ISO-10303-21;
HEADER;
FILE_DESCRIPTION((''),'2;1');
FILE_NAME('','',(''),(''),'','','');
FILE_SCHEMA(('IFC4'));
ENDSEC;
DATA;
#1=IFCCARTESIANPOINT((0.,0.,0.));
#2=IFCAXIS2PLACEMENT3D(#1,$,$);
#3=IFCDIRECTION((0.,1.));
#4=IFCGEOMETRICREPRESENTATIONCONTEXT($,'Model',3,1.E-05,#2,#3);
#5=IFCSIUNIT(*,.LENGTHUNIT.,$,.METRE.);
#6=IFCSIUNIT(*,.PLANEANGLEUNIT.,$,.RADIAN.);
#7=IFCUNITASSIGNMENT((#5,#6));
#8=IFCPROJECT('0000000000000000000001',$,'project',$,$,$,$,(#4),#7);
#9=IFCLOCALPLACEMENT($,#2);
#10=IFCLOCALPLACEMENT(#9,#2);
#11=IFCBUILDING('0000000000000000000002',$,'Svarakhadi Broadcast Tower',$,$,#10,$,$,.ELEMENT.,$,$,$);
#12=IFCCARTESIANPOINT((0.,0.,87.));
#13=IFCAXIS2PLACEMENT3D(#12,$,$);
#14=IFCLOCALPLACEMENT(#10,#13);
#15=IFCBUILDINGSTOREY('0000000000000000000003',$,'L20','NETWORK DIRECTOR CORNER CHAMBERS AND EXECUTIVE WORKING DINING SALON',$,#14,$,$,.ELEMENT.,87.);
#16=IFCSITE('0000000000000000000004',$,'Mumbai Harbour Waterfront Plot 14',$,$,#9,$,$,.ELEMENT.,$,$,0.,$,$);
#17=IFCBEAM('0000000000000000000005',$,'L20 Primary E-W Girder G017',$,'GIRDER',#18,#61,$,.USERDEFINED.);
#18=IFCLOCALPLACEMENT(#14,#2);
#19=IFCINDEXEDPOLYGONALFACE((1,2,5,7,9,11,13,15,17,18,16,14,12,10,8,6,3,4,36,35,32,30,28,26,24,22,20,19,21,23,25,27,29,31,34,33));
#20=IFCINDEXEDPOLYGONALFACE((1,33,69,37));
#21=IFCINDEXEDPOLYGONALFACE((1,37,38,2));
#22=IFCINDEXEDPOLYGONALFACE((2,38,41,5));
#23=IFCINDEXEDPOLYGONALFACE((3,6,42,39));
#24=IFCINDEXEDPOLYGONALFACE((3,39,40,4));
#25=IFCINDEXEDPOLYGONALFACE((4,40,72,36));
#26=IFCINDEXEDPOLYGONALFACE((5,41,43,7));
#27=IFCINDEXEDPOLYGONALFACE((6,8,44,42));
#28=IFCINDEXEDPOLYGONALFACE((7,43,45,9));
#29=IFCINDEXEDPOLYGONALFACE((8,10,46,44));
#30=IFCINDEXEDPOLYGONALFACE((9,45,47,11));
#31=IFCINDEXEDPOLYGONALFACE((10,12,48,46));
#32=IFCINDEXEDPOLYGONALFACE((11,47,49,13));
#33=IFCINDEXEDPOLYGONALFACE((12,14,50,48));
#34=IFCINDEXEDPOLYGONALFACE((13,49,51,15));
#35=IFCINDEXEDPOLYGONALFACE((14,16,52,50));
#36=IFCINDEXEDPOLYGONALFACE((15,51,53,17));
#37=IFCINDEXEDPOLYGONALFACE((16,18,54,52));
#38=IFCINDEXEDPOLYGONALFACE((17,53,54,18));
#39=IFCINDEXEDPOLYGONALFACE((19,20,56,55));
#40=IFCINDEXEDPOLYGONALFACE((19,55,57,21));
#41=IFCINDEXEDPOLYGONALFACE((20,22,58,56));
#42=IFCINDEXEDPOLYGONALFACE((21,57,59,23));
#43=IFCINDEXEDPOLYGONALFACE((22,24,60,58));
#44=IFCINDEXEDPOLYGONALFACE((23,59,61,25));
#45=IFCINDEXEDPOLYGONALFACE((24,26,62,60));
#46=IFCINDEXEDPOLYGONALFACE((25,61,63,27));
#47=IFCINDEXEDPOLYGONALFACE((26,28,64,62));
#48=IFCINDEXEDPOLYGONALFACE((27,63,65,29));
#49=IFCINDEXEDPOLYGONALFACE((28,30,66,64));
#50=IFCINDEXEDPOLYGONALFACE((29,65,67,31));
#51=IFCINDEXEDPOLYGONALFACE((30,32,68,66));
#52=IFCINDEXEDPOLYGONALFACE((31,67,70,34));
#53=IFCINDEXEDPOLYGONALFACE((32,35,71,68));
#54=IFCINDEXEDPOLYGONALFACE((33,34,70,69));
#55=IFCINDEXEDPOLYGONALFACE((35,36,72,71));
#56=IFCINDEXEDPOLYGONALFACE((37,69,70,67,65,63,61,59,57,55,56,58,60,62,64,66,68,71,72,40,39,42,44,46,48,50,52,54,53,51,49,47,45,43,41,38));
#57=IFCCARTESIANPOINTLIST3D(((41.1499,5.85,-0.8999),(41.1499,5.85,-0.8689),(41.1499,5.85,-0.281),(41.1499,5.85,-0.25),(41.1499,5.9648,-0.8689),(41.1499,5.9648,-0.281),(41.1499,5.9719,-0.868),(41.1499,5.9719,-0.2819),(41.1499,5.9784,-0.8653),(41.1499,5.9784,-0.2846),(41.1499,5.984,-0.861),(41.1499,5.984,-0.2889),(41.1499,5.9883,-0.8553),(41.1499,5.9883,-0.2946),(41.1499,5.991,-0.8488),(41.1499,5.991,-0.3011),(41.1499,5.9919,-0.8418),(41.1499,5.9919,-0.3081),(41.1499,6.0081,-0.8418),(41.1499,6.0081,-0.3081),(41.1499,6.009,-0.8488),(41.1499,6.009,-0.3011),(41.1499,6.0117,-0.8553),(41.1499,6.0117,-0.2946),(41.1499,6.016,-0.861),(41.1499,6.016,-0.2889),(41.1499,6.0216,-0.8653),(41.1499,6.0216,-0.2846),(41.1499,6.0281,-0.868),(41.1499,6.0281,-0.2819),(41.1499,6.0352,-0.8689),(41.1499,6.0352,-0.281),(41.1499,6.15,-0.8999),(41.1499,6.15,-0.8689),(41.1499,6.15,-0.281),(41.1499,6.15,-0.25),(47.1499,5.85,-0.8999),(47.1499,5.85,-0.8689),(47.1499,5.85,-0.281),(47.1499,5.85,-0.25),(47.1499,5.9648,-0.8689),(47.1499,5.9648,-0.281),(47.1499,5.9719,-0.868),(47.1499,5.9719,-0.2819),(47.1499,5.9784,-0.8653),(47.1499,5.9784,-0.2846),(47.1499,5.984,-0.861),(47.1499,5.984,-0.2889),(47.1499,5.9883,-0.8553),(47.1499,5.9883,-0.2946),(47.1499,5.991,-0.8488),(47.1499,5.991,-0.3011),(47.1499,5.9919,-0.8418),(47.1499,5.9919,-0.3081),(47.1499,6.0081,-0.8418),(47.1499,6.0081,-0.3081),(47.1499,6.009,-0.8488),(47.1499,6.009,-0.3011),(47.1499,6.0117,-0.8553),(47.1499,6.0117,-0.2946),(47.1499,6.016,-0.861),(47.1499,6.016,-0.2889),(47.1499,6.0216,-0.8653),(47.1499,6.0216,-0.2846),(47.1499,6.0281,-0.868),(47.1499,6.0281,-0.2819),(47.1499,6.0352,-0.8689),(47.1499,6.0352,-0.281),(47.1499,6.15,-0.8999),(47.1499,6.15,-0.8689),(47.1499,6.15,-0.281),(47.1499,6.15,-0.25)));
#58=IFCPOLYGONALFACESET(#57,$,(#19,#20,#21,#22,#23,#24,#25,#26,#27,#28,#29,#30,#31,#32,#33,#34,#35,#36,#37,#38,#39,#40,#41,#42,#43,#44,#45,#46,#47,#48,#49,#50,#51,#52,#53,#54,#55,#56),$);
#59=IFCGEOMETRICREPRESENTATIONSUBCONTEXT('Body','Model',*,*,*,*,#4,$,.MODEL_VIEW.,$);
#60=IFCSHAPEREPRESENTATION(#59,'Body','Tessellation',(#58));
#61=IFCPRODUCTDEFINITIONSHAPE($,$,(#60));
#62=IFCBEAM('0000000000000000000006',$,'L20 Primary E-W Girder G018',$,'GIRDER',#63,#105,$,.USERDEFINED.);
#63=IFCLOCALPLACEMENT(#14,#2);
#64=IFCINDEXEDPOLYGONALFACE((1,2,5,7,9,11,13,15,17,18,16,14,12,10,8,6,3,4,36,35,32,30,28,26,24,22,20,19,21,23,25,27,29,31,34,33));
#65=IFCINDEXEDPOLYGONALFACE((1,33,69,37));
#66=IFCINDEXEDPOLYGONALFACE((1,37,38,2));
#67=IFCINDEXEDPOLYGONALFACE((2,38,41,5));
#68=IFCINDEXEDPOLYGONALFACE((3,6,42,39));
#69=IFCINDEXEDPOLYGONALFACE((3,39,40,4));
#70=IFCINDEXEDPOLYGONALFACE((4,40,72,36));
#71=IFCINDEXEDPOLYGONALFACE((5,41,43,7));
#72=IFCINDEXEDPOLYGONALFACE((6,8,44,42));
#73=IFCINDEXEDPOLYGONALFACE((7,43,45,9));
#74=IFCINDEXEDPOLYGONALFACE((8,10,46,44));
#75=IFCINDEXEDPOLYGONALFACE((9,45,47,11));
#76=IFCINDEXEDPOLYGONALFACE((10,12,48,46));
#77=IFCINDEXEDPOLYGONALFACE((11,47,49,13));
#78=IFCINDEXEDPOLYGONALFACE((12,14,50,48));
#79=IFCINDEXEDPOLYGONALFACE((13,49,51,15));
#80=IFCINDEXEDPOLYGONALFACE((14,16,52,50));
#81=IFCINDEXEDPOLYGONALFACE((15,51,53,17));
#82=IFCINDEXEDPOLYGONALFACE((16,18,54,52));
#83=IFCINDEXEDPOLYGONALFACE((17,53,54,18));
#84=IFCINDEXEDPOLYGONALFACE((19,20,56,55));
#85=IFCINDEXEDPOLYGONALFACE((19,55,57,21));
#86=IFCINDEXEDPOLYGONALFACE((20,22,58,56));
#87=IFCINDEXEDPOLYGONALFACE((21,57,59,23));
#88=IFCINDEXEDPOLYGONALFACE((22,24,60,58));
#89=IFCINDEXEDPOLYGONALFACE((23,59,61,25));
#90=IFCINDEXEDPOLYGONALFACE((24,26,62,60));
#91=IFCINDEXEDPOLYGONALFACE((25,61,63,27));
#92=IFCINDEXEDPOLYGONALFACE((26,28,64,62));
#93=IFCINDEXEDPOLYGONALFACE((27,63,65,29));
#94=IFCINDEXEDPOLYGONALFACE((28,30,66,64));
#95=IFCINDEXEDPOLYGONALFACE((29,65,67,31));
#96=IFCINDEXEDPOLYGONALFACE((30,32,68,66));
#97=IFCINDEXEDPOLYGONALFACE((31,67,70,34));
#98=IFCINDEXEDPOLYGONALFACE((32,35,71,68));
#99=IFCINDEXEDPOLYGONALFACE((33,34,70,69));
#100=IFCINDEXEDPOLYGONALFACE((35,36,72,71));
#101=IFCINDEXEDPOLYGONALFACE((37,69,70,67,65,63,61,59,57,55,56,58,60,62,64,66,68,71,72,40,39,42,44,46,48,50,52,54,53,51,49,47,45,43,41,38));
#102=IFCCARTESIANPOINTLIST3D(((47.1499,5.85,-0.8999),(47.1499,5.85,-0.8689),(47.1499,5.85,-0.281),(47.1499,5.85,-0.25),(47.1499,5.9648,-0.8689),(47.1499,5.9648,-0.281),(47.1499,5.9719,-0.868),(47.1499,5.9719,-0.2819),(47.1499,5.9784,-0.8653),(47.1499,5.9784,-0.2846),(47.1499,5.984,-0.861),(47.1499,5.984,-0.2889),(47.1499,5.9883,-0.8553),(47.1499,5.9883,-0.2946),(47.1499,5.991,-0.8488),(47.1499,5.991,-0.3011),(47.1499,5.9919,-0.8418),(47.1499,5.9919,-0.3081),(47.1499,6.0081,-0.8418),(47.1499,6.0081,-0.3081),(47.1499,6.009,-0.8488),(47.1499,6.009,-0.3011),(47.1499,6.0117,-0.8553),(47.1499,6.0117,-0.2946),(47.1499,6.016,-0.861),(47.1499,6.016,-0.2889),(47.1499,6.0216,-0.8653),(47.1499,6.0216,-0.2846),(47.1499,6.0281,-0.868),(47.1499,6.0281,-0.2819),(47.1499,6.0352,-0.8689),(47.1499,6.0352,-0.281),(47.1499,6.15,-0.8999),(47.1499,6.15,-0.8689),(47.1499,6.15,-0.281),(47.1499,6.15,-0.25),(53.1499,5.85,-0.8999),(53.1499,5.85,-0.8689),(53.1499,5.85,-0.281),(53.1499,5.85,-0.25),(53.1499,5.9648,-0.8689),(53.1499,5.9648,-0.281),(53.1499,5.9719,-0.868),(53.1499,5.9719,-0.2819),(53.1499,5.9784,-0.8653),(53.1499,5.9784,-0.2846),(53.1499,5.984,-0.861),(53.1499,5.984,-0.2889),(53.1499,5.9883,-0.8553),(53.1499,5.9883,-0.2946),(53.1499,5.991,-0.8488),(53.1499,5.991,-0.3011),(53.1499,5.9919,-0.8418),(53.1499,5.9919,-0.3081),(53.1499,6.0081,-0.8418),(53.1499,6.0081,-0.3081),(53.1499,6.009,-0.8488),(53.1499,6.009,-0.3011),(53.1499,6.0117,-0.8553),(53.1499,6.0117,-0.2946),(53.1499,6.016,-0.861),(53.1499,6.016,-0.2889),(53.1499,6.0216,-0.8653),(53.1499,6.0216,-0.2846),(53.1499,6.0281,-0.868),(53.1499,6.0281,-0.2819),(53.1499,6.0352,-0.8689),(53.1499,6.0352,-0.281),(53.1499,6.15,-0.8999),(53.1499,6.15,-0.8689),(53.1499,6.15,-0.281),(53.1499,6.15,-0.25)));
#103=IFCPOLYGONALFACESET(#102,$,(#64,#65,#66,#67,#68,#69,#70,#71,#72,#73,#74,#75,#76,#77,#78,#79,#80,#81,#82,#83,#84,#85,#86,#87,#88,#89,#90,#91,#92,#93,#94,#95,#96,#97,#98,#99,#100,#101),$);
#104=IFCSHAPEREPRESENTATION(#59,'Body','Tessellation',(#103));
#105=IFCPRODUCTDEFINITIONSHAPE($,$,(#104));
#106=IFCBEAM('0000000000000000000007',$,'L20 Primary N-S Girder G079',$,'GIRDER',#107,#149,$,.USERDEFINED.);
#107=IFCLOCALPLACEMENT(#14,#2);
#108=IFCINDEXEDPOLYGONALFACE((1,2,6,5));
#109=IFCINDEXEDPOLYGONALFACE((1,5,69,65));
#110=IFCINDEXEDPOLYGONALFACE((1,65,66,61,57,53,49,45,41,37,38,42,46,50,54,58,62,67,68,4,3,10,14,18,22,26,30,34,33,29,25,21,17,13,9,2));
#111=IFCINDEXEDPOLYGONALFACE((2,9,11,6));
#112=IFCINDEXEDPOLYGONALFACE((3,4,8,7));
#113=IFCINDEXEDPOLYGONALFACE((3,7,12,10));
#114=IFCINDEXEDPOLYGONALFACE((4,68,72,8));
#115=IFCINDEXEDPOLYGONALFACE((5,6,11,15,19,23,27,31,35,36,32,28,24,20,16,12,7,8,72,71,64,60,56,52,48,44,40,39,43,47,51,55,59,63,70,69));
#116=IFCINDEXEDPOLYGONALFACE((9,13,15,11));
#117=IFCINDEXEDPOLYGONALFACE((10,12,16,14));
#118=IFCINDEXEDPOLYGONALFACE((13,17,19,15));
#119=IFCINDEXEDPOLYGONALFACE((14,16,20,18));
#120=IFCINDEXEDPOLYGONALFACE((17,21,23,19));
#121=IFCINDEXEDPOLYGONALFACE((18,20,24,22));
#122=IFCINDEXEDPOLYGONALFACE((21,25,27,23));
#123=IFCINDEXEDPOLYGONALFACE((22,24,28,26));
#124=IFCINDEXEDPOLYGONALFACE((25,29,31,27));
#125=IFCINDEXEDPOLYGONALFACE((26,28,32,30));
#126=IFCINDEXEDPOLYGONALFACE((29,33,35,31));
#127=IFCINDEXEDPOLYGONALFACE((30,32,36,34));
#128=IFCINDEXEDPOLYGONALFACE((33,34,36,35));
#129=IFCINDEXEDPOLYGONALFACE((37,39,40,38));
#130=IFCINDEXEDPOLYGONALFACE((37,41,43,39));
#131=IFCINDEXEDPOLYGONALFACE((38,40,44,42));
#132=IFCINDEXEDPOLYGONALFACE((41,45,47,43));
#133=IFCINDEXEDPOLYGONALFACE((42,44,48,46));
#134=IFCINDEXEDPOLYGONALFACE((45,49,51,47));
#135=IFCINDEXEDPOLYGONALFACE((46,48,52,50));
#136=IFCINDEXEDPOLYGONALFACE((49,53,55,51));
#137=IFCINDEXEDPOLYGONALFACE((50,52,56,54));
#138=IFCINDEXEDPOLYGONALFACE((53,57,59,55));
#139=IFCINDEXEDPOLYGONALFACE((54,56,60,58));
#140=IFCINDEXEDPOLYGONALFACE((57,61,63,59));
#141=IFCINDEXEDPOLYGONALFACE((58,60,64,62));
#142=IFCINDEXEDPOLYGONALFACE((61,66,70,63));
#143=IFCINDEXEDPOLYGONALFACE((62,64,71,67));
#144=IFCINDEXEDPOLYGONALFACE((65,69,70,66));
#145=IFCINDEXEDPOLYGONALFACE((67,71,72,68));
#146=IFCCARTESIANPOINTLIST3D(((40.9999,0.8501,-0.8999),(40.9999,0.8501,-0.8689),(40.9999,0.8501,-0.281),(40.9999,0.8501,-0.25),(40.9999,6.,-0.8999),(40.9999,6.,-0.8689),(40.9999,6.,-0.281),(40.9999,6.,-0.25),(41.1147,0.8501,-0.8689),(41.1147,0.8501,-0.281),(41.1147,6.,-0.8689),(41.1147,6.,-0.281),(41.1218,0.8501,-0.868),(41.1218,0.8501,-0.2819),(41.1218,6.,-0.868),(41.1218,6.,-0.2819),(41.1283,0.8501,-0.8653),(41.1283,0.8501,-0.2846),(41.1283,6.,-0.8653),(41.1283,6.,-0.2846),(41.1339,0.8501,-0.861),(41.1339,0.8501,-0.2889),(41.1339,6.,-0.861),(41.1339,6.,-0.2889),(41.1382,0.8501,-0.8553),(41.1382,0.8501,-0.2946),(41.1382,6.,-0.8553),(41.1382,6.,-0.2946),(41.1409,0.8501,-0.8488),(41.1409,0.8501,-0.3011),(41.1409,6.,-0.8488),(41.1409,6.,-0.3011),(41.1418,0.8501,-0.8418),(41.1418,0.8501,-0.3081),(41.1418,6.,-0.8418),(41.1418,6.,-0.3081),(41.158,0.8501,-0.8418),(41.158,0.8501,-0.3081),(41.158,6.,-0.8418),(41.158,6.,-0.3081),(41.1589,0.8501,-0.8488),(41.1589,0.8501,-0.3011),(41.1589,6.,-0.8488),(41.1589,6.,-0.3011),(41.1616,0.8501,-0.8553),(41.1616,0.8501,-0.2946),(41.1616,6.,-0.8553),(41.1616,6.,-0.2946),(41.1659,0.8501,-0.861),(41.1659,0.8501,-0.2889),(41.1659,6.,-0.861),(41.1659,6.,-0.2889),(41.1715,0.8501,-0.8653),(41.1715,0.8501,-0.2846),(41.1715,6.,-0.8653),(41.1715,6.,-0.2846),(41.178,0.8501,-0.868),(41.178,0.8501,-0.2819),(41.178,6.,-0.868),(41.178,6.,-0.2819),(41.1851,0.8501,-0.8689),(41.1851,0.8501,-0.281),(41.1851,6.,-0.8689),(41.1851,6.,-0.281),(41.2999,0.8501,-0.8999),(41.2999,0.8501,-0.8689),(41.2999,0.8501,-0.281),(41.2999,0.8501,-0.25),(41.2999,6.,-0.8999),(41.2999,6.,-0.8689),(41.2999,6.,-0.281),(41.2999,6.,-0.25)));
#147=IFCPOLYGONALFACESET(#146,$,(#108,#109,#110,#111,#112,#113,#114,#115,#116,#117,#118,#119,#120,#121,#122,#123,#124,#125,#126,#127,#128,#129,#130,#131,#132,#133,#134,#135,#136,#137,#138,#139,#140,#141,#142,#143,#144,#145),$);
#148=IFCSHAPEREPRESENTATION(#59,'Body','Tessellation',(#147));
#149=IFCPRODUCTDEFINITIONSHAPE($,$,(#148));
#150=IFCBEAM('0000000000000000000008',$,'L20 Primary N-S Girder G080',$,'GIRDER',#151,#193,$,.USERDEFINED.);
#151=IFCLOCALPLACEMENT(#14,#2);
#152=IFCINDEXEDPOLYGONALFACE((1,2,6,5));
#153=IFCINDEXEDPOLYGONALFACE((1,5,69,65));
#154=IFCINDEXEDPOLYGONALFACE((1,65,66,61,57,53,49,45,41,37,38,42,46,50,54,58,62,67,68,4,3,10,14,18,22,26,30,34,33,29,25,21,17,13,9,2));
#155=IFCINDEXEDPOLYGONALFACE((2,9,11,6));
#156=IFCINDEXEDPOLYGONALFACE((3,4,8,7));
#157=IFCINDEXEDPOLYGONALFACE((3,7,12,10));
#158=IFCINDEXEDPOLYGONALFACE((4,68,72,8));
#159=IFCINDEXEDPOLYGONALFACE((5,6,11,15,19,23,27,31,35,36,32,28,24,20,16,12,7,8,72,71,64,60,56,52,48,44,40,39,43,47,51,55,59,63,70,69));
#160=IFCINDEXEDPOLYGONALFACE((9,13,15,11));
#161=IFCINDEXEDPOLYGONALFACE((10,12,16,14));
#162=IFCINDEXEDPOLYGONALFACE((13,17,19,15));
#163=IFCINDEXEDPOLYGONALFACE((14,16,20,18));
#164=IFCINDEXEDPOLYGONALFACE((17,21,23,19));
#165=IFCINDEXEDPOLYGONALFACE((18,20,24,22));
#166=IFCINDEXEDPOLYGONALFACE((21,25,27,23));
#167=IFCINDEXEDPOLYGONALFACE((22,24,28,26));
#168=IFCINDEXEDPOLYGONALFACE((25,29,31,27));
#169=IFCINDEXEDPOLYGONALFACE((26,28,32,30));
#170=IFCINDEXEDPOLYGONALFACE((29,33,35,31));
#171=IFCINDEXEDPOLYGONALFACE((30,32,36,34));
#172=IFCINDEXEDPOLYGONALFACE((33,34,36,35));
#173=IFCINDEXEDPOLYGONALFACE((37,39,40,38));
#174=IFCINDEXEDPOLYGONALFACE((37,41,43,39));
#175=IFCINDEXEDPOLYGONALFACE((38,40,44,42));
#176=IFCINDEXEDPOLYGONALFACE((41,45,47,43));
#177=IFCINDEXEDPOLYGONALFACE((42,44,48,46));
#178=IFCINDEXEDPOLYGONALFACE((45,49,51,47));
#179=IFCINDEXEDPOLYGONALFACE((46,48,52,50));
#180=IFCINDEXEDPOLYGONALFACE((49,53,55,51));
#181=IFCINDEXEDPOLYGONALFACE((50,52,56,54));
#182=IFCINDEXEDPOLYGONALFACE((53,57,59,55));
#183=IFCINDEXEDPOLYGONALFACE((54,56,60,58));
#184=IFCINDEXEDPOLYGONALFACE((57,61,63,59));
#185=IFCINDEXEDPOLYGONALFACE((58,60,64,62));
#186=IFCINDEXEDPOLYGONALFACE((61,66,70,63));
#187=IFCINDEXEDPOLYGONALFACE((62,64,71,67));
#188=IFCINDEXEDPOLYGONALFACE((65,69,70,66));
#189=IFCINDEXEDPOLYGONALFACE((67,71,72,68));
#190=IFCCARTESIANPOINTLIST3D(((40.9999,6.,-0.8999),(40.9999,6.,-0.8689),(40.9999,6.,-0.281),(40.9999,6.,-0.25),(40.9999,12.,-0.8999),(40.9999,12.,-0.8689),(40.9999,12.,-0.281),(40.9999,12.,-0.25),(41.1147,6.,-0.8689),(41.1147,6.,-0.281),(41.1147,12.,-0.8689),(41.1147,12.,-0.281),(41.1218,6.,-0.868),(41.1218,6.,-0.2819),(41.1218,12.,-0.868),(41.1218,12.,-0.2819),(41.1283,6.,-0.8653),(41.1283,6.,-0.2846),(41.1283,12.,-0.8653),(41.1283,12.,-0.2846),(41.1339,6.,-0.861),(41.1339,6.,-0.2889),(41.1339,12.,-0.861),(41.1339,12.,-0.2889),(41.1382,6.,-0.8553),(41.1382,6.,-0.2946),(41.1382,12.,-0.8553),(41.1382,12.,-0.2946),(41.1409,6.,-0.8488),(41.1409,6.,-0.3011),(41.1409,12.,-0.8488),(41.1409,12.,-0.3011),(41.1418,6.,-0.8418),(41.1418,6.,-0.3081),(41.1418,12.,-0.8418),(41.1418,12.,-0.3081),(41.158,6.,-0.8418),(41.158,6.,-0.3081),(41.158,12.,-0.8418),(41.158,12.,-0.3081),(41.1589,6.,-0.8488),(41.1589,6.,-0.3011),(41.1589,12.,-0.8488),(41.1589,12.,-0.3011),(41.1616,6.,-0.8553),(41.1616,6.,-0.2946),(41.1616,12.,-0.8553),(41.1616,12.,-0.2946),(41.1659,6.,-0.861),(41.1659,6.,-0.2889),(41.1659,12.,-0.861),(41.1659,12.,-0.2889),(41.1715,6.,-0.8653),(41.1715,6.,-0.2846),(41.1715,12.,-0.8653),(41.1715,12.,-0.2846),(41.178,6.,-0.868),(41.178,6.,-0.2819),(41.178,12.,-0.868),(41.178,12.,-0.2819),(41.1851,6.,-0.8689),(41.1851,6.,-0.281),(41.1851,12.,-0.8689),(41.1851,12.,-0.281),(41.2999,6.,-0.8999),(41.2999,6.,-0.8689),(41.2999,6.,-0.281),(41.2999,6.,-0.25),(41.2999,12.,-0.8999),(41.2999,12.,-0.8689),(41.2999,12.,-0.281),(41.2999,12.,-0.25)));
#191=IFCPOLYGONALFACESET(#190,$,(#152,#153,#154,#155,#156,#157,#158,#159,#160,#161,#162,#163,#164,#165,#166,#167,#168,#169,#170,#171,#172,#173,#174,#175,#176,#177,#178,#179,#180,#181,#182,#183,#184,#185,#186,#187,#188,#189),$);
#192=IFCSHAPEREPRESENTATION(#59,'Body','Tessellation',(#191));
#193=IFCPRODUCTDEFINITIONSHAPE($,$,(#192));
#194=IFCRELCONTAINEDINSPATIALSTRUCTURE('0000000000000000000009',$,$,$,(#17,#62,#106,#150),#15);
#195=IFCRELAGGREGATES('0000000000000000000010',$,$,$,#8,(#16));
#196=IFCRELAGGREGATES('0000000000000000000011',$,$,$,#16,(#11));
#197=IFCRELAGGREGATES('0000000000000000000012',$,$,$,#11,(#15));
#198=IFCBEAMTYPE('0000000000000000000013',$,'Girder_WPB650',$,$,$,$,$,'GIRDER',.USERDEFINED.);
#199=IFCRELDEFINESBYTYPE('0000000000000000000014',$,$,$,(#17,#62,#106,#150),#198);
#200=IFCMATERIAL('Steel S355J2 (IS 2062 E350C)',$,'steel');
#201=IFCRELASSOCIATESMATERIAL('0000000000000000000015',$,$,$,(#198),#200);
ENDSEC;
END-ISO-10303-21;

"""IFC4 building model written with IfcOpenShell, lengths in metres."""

from ifc_helpers import new_model, si_unit, direction, frame, origin, origin_2d, place, context, subcontext, project, spatial, i_section, extrude, material, material_profile, profile_set, type_object, element, save


model = new_model("IFC4")

# Units and contexts
model_context = context("Model", 3, precision=1e-05, world=origin(), true_north=direction((0.0, 1.0)))
body_context = subcontext(model_context, "Body", "Model", "MODEL_VIEW")
ifc_project = project(units=[si_unit("LENGTHUNIT", "METRE"), si_unit("PLANEANGLEUNIT", "RADIAN")], contexts=[model_context])

# Site, building, storey
site_placement = place(None, origin())
site = spatial("IfcSite", under=ifc_project, at=site_placement, Name="Mumbai Harbour Waterfront Plot 14", CompositionType="ELEMENT", RefElevation=0.0)
building_placement = place(site_placement, origin())
building = spatial("IfcBuilding", under=site, at=building_placement, Name="Svarakhadi Broadcast Tower", CompositionType="ELEMENT")
storey_placement = place(building_placement, frame((0.0, 0.0, 87.0)))
storey = spatial("IfcBuildingStorey", under=building, at=storey_placement, Name="L20", Description="NETWORK DIRECTOR CORNER CHAMBERS AND EXECUTIVE WORKING DINING SALON", CompositionType="ELEMENT", Elevation=87.0)

# Beams
ifc_material_1 = material(Name="Steel S355J2 (IS 2062 E350C)", Category="steel")
ifc_material_profile_1 = material_profile(ifc_material_1, i_section(OverallWidth=0.3, OverallDepth=0.6499, WebThickness=0.0161, FlangeThickness=0.031, FilletRadius=0.0271, at=origin_2d()), Name="WPB 650x300x225")
ifc_profile_set_1 = profile_set([ifc_material_profile_1], Name="Steel S355J2 (IS 2062 E350C)")
beam_type_1 = type_object("IfcBeamType", Name="Girder_WPB650", ElementType="GIRDER", PredefinedType="USERDEFINED", material=ifc_profile_set_1)
for number, where, z_axis, x_axis, name in (
    (1, (41.1499, 6.0, -0.575), (1.0, 0.0, 0.0), (0.0, 1.0, 0.0), "L20 Primary E-W Girder G017"),
    (2, (47.1499, 6.0, -0.575), (1.0, 0.0, 0.0), (0.0, 1.0, 0.0), "L20 Primary E-W Girder G018"),
):
    element("IfcBeam", number, at=place(storey_placement, frame(where, z_axis=z_axis, x_axis=x_axis)), inside=storey, type_object=beam_type_1, Name=name, ObjectType="GIRDER", PredefinedType="USERDEFINED", context=body_context, shape_type="SweptSolid", body=[
        extrude(i_section(OverallWidth=0.3, OverallDepth=0.6499, WebThickness=0.0161, FlangeThickness=0.031, FilletRadius=0.0271, at=origin_2d()), origin(), (0.0, 0.0, 1.0), 6.0),
    ])
beam_1_placement = place(storey_placement, frame((41.1499, 0.8501, -0.575), z_axis=(0.0, 1.0, 0.0), x_axis=(-1.0, 0.0, 0.0)))
element("IfcBeam", 3, at=beam_1_placement, inside=storey, type_object=beam_type_1, Name="L20 Primary N-S Girder G079", ObjectType="GIRDER", PredefinedType="USERDEFINED", context=body_context, shape_type="SweptSolid", body=[
    extrude(i_section(OverallWidth=0.3, OverallDepth=0.6499, WebThickness=0.0161, FlangeThickness=0.031, FilletRadius=0.0271, at=origin_2d()), origin(), (0.0, 0.0, 1.0), 5.1499),
])
beam_2_placement = place(storey_placement, frame((41.1499, 6.0, -0.575), z_axis=(0.0, 1.0, 0.0), x_axis=(-1.0, 0.0, 0.0)))
element("IfcBeam", 4, at=beam_2_placement, inside=storey, type_object=beam_type_1, Name="L20 Primary N-S Girder G080", ObjectType="GIRDER", PredefinedType="USERDEFINED", context=body_context, shape_type="SweptSolid", body=[
    extrude(i_section(OverallWidth=0.3, OverallDepth=0.6499, WebThickness=0.0161, FlangeThickness=0.031, FilletRadius=0.0271, at=origin_2d()), origin(), (0.0, 0.0, 1.0), 6.0),
])

save(model, "model.ifc")
